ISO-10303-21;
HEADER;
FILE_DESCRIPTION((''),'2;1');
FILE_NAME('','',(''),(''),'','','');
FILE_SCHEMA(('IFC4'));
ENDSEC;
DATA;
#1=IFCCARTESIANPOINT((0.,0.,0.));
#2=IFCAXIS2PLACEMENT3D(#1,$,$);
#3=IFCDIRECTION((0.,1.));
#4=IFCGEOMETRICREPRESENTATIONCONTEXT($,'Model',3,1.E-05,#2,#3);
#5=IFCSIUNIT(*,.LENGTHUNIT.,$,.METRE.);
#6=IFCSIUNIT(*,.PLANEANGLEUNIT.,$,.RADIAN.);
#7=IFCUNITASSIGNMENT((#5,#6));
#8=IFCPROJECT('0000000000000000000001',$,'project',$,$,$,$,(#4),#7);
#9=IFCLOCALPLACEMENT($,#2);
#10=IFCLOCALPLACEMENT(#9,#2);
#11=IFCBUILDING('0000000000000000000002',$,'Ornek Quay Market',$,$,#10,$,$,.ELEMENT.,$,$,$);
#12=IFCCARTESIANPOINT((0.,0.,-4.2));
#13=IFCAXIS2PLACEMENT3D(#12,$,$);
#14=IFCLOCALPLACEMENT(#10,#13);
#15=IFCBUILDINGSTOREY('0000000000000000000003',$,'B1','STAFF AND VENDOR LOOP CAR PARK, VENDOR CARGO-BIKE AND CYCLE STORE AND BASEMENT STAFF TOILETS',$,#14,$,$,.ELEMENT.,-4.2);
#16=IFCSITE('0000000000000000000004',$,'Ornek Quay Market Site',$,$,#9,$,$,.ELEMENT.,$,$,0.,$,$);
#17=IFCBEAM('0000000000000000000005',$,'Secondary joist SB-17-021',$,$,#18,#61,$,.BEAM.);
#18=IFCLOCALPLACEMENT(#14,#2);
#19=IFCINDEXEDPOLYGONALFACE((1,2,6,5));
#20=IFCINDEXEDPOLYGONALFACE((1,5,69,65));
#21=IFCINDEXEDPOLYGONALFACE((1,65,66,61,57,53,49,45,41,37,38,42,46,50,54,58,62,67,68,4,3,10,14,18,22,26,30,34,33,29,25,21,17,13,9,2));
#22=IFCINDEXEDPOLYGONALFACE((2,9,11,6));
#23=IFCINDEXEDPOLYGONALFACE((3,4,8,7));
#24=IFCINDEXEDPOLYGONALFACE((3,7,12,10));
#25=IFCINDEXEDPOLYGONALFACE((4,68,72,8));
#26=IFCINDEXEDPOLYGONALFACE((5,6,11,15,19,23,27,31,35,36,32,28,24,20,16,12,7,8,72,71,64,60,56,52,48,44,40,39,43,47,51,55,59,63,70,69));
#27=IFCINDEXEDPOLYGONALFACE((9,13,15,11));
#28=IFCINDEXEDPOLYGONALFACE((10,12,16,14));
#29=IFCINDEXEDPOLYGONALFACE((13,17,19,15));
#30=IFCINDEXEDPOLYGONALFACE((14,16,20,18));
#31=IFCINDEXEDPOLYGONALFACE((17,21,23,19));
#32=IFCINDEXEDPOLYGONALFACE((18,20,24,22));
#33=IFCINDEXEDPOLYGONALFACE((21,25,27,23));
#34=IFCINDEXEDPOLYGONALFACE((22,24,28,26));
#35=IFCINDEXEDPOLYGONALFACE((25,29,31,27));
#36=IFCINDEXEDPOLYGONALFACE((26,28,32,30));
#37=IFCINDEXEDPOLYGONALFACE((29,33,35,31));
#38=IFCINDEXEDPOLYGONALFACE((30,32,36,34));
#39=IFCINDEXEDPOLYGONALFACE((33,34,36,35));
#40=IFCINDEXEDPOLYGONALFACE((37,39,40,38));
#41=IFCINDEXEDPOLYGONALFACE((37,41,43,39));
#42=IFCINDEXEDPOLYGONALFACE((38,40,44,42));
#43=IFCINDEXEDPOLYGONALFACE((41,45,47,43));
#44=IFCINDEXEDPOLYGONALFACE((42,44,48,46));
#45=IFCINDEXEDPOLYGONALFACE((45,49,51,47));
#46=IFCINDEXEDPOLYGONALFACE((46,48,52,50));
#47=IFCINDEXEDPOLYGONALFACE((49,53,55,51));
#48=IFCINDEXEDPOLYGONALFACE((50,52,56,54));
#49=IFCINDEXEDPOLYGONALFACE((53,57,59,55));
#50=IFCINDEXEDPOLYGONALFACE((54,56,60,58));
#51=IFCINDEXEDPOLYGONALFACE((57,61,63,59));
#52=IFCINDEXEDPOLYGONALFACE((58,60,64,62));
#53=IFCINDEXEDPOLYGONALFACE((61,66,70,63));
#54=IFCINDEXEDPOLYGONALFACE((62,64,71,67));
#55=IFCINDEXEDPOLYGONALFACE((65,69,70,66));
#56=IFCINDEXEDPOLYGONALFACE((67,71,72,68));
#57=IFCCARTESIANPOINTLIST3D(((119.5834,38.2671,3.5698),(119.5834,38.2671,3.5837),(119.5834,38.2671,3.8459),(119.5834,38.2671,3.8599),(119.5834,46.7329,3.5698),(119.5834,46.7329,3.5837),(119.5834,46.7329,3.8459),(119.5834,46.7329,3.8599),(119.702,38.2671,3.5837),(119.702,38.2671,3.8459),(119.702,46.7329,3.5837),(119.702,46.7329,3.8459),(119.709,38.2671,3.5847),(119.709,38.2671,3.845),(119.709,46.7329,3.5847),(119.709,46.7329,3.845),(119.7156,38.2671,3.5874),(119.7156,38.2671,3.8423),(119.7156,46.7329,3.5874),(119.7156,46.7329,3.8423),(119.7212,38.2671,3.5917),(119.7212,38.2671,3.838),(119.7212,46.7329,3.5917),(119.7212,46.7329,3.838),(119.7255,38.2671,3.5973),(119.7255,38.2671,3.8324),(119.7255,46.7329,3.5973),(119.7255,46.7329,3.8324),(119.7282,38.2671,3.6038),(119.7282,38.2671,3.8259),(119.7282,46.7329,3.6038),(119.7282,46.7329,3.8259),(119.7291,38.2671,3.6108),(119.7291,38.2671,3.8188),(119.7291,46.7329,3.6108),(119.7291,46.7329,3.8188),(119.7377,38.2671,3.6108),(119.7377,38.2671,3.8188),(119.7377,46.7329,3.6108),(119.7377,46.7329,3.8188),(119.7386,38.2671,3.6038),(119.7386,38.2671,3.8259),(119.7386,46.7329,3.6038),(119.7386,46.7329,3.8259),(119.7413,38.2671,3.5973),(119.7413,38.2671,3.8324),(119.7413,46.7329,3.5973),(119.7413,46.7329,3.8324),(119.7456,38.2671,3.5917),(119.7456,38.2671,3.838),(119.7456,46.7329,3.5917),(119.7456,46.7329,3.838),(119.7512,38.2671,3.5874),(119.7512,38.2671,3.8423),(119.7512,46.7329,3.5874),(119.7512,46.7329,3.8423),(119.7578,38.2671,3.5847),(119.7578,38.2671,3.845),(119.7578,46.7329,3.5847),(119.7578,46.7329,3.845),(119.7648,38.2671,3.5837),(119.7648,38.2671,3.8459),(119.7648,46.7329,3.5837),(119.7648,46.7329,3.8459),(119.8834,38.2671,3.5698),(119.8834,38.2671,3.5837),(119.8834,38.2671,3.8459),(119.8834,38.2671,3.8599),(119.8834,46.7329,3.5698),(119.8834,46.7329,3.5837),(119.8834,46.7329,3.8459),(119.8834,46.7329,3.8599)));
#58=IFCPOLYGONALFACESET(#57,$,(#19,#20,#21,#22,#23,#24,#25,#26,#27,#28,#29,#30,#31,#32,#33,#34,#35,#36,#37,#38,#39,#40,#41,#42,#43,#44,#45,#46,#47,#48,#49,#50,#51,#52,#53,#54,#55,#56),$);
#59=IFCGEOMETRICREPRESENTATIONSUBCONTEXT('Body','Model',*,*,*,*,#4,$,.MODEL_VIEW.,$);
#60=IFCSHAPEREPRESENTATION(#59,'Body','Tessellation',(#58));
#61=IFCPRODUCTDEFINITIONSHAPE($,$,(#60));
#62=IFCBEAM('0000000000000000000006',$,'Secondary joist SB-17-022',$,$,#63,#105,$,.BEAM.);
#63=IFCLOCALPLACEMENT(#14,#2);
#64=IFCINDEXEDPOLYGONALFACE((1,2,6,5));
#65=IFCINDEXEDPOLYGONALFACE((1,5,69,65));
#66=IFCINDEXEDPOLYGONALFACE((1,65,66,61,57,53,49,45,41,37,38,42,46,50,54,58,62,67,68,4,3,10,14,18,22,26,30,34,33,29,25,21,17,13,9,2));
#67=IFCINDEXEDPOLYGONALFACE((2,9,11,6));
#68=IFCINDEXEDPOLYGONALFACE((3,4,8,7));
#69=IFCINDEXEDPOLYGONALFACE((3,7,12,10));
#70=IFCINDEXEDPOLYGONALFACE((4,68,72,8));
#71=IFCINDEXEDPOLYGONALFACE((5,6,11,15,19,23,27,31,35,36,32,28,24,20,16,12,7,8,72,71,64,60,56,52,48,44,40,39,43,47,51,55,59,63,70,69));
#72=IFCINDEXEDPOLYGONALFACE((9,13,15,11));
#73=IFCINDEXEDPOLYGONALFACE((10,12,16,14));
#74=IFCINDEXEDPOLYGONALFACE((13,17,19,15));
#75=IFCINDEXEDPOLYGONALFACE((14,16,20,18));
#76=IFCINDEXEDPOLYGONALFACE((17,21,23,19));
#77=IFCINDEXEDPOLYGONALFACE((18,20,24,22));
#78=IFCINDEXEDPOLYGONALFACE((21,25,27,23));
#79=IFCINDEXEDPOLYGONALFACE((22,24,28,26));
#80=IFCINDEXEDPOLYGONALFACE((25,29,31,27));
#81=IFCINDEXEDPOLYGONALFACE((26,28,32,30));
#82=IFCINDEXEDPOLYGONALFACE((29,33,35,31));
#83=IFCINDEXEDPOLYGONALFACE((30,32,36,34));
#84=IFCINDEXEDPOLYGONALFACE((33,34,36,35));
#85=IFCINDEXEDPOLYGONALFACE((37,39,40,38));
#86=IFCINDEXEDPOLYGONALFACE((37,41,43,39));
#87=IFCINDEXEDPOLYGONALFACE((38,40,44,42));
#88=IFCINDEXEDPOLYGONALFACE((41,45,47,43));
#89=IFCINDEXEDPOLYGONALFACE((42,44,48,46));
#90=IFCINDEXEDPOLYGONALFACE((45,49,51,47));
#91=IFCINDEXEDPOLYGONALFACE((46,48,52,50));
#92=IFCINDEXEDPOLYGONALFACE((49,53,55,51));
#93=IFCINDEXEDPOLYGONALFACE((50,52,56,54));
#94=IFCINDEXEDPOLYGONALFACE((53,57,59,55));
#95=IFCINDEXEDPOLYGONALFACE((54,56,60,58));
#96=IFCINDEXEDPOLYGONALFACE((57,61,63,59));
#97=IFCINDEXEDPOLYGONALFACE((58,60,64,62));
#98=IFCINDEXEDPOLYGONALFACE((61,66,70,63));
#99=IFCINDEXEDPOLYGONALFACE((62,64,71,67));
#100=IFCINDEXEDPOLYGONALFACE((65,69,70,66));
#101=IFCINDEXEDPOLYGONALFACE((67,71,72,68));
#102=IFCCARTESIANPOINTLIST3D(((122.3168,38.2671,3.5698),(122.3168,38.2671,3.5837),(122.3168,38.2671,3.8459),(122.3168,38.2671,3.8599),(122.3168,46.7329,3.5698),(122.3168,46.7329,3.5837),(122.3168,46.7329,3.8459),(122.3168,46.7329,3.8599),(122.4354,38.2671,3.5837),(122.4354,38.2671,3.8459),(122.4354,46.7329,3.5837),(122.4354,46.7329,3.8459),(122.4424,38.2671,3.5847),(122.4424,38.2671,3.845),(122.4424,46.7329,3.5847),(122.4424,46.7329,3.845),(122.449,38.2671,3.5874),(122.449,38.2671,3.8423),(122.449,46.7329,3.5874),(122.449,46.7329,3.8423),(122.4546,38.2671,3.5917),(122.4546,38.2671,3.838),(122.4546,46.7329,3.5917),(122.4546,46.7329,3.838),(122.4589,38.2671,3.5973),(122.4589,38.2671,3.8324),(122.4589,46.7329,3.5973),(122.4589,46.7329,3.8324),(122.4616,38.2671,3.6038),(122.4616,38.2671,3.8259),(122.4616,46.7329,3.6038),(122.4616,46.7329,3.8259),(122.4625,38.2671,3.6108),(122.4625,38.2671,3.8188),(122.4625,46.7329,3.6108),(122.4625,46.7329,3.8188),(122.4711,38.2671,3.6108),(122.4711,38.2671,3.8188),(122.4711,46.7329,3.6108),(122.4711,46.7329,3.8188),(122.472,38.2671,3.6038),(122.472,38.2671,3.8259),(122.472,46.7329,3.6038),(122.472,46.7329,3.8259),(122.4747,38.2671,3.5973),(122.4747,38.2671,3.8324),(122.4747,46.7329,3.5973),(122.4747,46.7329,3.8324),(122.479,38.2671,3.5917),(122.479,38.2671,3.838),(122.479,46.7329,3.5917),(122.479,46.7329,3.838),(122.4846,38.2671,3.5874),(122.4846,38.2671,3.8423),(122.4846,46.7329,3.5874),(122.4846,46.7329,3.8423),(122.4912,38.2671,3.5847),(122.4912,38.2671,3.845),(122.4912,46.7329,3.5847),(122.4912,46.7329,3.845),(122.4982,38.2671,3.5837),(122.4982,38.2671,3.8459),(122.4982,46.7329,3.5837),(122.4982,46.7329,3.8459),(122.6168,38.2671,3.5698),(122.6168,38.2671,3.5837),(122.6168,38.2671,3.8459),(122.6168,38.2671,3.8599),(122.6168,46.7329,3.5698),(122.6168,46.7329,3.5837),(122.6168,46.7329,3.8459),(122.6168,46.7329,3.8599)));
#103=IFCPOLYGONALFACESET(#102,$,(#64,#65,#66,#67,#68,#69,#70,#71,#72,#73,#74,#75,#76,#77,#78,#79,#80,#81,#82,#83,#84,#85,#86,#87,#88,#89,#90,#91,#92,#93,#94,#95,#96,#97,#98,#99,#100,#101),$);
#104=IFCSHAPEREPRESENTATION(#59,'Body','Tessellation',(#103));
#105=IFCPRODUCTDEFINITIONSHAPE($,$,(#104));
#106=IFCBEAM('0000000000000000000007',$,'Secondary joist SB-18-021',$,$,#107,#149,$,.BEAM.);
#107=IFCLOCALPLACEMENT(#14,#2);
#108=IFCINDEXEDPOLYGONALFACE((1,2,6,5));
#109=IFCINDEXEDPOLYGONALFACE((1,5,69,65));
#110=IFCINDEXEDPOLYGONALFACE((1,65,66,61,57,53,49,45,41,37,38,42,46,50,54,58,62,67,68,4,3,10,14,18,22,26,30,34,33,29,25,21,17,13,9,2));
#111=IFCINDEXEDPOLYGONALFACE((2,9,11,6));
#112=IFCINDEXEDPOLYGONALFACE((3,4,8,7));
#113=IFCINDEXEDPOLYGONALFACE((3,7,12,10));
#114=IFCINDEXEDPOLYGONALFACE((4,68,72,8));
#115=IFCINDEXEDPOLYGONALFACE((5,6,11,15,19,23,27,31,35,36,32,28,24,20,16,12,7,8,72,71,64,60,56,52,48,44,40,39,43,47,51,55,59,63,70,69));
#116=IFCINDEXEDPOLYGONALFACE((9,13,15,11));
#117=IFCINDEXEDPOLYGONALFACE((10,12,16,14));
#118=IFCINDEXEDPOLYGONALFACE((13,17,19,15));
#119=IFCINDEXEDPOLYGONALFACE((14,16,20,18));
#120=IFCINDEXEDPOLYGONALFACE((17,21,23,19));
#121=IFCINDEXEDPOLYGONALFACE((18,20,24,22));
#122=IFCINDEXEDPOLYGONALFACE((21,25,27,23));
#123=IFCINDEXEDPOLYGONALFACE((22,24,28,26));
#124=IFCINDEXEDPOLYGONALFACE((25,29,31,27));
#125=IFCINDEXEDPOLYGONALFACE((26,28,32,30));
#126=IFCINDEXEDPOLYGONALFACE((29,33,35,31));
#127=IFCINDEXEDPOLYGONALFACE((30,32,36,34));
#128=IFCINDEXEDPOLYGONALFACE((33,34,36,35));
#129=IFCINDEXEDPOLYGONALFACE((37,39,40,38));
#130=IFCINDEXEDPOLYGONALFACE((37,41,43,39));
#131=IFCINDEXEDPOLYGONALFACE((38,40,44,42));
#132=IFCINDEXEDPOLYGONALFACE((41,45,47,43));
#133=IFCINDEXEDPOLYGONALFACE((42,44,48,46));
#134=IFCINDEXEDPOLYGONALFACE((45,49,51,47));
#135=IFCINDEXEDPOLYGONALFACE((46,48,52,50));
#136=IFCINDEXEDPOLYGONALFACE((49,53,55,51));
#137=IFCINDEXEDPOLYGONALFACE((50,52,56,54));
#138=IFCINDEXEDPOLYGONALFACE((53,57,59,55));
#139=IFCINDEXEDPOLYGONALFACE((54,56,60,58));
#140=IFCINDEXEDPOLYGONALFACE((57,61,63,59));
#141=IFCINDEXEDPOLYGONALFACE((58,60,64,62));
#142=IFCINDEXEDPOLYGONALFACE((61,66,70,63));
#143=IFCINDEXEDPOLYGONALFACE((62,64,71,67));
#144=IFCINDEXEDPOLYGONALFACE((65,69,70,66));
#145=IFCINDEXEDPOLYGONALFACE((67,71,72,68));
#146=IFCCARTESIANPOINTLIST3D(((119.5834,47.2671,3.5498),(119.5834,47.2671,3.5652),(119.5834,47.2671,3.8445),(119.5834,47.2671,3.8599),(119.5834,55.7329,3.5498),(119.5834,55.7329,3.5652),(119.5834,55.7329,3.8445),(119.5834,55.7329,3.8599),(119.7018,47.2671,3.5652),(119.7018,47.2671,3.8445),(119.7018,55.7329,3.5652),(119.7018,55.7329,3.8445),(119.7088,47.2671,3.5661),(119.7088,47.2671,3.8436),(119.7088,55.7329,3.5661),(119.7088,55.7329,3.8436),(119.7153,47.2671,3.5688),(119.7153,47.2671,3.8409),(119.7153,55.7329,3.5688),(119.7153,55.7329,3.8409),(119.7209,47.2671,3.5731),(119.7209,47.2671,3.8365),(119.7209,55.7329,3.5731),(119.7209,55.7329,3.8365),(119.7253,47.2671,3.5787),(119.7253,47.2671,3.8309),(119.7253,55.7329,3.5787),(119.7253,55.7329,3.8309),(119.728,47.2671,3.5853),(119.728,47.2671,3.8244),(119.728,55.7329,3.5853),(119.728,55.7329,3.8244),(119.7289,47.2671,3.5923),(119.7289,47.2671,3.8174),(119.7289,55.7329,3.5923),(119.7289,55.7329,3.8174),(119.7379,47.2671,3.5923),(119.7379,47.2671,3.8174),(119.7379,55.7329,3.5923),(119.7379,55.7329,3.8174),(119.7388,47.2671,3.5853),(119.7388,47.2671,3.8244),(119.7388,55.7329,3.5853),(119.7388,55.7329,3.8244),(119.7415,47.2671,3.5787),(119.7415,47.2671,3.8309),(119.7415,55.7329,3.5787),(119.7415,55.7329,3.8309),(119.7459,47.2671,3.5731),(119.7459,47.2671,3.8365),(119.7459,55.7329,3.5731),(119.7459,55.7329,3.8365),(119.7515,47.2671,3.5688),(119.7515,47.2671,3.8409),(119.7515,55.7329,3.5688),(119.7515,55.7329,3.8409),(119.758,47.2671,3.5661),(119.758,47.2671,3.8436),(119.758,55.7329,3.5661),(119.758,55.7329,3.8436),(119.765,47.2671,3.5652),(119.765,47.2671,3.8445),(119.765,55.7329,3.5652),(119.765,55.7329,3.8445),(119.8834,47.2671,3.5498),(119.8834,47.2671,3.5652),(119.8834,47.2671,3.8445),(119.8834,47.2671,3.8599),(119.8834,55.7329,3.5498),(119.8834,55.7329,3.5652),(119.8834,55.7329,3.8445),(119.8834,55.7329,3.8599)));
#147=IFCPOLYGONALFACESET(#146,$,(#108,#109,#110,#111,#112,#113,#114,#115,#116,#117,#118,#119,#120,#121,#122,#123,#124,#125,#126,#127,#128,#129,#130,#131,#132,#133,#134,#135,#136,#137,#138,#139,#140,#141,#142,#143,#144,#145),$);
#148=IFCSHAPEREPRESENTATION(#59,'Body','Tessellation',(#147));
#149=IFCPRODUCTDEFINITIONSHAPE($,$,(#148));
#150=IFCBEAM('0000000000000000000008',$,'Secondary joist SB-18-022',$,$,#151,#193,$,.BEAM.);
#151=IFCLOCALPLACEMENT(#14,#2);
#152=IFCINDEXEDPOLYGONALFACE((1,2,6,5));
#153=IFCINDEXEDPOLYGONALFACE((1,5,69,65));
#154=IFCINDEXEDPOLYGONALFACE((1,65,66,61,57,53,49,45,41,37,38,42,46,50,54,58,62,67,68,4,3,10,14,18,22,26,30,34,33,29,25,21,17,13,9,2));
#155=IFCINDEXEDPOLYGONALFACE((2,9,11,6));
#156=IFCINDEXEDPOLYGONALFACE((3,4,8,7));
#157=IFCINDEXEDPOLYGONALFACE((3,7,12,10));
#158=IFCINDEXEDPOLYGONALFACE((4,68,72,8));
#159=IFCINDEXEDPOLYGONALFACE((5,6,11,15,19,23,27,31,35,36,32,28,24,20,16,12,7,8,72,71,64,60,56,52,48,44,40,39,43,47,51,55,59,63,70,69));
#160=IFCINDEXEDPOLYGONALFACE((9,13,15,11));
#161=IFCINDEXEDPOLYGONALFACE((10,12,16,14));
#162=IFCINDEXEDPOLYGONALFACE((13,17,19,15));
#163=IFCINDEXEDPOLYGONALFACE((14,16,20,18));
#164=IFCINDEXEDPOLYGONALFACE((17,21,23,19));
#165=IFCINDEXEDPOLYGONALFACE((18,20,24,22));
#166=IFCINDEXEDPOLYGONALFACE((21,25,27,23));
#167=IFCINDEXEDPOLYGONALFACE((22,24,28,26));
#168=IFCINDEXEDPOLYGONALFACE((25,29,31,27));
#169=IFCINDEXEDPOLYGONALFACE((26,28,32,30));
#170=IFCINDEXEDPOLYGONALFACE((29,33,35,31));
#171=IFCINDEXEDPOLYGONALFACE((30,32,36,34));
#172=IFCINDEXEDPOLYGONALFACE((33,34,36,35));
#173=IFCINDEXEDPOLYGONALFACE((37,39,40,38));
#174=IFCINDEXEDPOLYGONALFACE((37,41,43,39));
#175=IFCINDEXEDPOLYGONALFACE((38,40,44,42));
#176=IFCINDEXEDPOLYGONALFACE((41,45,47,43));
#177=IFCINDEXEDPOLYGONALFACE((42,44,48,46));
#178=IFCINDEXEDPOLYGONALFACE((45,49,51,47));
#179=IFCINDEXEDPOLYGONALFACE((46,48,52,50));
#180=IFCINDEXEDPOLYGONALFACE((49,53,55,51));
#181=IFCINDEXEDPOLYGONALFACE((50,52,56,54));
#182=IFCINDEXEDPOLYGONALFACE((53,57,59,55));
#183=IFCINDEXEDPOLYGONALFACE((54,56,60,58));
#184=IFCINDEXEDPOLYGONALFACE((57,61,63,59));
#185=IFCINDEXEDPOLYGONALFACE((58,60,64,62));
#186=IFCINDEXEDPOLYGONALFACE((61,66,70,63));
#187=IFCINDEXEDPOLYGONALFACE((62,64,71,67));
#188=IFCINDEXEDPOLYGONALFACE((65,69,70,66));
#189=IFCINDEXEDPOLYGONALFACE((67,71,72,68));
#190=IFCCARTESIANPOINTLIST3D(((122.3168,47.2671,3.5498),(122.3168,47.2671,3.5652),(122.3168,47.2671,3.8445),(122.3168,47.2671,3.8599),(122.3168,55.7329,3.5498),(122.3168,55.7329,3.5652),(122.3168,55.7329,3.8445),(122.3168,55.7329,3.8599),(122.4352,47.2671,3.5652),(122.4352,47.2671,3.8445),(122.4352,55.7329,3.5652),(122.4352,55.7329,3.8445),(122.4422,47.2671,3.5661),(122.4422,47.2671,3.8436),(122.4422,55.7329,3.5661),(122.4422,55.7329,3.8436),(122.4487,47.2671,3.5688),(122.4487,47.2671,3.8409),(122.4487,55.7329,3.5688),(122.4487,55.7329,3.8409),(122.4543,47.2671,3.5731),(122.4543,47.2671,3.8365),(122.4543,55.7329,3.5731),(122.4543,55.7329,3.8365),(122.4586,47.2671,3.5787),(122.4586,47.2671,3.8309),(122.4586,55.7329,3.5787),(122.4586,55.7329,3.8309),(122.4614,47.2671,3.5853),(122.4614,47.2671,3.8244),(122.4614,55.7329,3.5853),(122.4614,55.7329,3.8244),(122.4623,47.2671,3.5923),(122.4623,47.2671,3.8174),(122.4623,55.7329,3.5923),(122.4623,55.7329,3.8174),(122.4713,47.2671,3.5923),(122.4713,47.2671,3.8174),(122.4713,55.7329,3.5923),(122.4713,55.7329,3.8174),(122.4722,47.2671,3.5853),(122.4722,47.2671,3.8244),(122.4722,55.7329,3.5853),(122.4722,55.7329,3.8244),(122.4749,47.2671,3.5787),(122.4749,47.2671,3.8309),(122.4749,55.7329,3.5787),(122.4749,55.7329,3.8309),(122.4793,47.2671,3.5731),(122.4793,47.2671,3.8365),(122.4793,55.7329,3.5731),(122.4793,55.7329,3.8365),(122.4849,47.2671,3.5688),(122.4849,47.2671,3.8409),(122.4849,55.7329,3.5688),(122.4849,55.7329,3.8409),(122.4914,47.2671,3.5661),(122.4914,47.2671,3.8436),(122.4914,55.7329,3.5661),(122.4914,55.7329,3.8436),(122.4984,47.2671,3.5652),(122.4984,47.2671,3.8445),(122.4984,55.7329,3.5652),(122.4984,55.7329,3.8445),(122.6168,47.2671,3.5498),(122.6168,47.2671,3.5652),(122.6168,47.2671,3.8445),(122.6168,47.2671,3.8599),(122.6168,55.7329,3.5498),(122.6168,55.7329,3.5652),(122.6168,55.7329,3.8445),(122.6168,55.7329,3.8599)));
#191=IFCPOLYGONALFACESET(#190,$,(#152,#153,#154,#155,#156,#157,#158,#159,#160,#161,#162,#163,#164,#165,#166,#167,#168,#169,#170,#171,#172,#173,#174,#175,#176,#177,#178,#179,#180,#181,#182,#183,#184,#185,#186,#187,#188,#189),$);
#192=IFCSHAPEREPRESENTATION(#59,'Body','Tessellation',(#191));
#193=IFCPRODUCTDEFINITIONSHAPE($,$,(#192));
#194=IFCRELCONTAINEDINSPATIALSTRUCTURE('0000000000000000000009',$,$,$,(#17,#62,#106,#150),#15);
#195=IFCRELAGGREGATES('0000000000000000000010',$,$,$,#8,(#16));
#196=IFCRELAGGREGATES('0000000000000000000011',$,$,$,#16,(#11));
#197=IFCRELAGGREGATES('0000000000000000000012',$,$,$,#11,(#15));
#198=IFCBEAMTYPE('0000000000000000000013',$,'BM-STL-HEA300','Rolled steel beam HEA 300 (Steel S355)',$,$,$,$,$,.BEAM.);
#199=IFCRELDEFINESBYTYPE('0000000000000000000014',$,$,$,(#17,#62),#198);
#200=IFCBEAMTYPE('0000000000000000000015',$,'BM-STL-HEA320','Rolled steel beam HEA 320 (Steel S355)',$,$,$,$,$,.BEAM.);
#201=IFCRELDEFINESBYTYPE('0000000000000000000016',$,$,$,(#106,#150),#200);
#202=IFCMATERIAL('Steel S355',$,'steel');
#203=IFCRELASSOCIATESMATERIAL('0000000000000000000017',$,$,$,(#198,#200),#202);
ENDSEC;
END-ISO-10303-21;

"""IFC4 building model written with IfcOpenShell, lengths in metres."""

from ifc_helpers import new_model, si_unit, direction, frame, origin, origin_2d, place, context, subcontext, project, spatial, i_section, extrude, material, material_profile, profile_set, type_object, element, save


model = new_model("IFC4")

# Units and contexts
model_context = context("Model", 3, precision=1e-05, world=origin(), true_north=direction((0.0, 1.0)))
body_context = subcontext(model_context, "Body", "Model", "MODEL_VIEW")
ifc_project = project(units=[si_unit("LENGTHUNIT", "METRE"), si_unit("PLANEANGLEUNIT", "RADIAN")], contexts=[model_context])

# Site, building, storey
site_placement = place(None, origin())
site = spatial("IfcSite", under=ifc_project, at=site_placement, Name="Ornek Quay Market Site", CompositionType="ELEMENT", RefElevation=0.0)
building_placement = place(site_placement, origin())
building = spatial("IfcBuilding", under=site, at=building_placement, Name="Ornek Quay Market", CompositionType="ELEMENT")
storey_placement = place(building_placement, frame((0.0, 0.0, -4.2)))
storey = spatial("IfcBuildingStorey", under=building, at=storey_placement, Name="B1", Description="STAFF AND VENDOR LOOP CAR PARK, VENDOR CARGO-BIKE AND CYCLE STORE AND BASEMENT STAFF TOILETS", CompositionType="ELEMENT", Elevation=-4.2)

# Beams
ifc_material_1 = material(Name="Steel S355", Category="steel")
ifc_material_profile_1 = material_profile(ifc_material_1, i_section(OverallWidth=0.3, OverallDepth=0.29, WebThickness=0.0085, FlangeThickness=0.0139, FilletRadius=0.0271, at=origin_2d()), Name="HEA 300", Category="steel")
ifc_profile_set_1 = profile_set([ifc_material_profile_1], Name="Steel S355")
beam_type_1 = type_object("IfcBeamType", Name="BM-STL-HEA300", Description="Rolled steel beam HEA 300 (Steel S355)", PredefinedType="BEAM", material=ifc_profile_set_1)
for number, where, z_axis, x_axis, name in (
    (1, (119.7334, 38.2671, 3.7148), (0.0, 1.0, 0.0), (-1.0, 0.0, 0.0), "Secondary joist SB-17-021"),
    (2, (122.4668, 38.2671, 3.7148), (0.0, 1.0, 0.0), (-1.0, 0.0, 0.0), "Secondary joist SB-17-022"),
):
    element("IfcBeam", number, at=place(storey_placement, frame(where, z_axis=z_axis, x_axis=x_axis)), inside=storey, type_object=beam_type_1, Name=name, PredefinedType="BEAM", context=body_context, shape_type="SweptSolid", body=[
        extrude(i_section(OverallWidth=0.3, OverallDepth=0.29, WebThickness=0.0085, FlangeThickness=0.0139, FilletRadius=0.0271, at=origin_2d()), origin(), (0.0, 0.0, 1.0), 8.4658),
    ])
ifc_material_profile_2 = material_profile(ifc_material_1, i_section(OverallWidth=0.3, OverallDepth=0.3101, WebThickness=0.009, FlangeThickness=0.0154, FilletRadius=0.0271, at=origin_2d()), Name="HEA 320", Category="steel")
ifc_profile_set_2 = profile_set([ifc_material_profile_2], Name="Steel S355")
beam_type_2 = type_object("IfcBeamType", Name="BM-STL-HEA320", Description="Rolled steel beam HEA 320 (Steel S355)", PredefinedType="BEAM", material=ifc_profile_set_2)
for number, where, z_axis, x_axis, name in (
    (3, (119.7334, 47.2671, 3.7048), (0.0, 1.0, 0.0), (-1.0, 0.0, 0.0), "Secondary joist SB-18-021"),
    (4, (122.4668, 47.2671, 3.7048), (0.0, 1.0, 0.0), (-1.0, 0.0, 0.0), "Secondary joist SB-18-022"),
):
    element("IfcBeam", number, at=place(storey_placement, frame(where, z_axis=z_axis, x_axis=x_axis)), inside=storey, type_object=beam_type_2, Name=name, PredefinedType="BEAM", context=body_context, shape_type="SweptSolid", body=[
        extrude(i_section(OverallWidth=0.3, OverallDepth=0.3101, WebThickness=0.009, FlangeThickness=0.0154, FilletRadius=0.0271, at=origin_2d()), origin(), (0.0, 0.0, 1.0), 8.4658),
    ])

save(model, "model.ifc")
